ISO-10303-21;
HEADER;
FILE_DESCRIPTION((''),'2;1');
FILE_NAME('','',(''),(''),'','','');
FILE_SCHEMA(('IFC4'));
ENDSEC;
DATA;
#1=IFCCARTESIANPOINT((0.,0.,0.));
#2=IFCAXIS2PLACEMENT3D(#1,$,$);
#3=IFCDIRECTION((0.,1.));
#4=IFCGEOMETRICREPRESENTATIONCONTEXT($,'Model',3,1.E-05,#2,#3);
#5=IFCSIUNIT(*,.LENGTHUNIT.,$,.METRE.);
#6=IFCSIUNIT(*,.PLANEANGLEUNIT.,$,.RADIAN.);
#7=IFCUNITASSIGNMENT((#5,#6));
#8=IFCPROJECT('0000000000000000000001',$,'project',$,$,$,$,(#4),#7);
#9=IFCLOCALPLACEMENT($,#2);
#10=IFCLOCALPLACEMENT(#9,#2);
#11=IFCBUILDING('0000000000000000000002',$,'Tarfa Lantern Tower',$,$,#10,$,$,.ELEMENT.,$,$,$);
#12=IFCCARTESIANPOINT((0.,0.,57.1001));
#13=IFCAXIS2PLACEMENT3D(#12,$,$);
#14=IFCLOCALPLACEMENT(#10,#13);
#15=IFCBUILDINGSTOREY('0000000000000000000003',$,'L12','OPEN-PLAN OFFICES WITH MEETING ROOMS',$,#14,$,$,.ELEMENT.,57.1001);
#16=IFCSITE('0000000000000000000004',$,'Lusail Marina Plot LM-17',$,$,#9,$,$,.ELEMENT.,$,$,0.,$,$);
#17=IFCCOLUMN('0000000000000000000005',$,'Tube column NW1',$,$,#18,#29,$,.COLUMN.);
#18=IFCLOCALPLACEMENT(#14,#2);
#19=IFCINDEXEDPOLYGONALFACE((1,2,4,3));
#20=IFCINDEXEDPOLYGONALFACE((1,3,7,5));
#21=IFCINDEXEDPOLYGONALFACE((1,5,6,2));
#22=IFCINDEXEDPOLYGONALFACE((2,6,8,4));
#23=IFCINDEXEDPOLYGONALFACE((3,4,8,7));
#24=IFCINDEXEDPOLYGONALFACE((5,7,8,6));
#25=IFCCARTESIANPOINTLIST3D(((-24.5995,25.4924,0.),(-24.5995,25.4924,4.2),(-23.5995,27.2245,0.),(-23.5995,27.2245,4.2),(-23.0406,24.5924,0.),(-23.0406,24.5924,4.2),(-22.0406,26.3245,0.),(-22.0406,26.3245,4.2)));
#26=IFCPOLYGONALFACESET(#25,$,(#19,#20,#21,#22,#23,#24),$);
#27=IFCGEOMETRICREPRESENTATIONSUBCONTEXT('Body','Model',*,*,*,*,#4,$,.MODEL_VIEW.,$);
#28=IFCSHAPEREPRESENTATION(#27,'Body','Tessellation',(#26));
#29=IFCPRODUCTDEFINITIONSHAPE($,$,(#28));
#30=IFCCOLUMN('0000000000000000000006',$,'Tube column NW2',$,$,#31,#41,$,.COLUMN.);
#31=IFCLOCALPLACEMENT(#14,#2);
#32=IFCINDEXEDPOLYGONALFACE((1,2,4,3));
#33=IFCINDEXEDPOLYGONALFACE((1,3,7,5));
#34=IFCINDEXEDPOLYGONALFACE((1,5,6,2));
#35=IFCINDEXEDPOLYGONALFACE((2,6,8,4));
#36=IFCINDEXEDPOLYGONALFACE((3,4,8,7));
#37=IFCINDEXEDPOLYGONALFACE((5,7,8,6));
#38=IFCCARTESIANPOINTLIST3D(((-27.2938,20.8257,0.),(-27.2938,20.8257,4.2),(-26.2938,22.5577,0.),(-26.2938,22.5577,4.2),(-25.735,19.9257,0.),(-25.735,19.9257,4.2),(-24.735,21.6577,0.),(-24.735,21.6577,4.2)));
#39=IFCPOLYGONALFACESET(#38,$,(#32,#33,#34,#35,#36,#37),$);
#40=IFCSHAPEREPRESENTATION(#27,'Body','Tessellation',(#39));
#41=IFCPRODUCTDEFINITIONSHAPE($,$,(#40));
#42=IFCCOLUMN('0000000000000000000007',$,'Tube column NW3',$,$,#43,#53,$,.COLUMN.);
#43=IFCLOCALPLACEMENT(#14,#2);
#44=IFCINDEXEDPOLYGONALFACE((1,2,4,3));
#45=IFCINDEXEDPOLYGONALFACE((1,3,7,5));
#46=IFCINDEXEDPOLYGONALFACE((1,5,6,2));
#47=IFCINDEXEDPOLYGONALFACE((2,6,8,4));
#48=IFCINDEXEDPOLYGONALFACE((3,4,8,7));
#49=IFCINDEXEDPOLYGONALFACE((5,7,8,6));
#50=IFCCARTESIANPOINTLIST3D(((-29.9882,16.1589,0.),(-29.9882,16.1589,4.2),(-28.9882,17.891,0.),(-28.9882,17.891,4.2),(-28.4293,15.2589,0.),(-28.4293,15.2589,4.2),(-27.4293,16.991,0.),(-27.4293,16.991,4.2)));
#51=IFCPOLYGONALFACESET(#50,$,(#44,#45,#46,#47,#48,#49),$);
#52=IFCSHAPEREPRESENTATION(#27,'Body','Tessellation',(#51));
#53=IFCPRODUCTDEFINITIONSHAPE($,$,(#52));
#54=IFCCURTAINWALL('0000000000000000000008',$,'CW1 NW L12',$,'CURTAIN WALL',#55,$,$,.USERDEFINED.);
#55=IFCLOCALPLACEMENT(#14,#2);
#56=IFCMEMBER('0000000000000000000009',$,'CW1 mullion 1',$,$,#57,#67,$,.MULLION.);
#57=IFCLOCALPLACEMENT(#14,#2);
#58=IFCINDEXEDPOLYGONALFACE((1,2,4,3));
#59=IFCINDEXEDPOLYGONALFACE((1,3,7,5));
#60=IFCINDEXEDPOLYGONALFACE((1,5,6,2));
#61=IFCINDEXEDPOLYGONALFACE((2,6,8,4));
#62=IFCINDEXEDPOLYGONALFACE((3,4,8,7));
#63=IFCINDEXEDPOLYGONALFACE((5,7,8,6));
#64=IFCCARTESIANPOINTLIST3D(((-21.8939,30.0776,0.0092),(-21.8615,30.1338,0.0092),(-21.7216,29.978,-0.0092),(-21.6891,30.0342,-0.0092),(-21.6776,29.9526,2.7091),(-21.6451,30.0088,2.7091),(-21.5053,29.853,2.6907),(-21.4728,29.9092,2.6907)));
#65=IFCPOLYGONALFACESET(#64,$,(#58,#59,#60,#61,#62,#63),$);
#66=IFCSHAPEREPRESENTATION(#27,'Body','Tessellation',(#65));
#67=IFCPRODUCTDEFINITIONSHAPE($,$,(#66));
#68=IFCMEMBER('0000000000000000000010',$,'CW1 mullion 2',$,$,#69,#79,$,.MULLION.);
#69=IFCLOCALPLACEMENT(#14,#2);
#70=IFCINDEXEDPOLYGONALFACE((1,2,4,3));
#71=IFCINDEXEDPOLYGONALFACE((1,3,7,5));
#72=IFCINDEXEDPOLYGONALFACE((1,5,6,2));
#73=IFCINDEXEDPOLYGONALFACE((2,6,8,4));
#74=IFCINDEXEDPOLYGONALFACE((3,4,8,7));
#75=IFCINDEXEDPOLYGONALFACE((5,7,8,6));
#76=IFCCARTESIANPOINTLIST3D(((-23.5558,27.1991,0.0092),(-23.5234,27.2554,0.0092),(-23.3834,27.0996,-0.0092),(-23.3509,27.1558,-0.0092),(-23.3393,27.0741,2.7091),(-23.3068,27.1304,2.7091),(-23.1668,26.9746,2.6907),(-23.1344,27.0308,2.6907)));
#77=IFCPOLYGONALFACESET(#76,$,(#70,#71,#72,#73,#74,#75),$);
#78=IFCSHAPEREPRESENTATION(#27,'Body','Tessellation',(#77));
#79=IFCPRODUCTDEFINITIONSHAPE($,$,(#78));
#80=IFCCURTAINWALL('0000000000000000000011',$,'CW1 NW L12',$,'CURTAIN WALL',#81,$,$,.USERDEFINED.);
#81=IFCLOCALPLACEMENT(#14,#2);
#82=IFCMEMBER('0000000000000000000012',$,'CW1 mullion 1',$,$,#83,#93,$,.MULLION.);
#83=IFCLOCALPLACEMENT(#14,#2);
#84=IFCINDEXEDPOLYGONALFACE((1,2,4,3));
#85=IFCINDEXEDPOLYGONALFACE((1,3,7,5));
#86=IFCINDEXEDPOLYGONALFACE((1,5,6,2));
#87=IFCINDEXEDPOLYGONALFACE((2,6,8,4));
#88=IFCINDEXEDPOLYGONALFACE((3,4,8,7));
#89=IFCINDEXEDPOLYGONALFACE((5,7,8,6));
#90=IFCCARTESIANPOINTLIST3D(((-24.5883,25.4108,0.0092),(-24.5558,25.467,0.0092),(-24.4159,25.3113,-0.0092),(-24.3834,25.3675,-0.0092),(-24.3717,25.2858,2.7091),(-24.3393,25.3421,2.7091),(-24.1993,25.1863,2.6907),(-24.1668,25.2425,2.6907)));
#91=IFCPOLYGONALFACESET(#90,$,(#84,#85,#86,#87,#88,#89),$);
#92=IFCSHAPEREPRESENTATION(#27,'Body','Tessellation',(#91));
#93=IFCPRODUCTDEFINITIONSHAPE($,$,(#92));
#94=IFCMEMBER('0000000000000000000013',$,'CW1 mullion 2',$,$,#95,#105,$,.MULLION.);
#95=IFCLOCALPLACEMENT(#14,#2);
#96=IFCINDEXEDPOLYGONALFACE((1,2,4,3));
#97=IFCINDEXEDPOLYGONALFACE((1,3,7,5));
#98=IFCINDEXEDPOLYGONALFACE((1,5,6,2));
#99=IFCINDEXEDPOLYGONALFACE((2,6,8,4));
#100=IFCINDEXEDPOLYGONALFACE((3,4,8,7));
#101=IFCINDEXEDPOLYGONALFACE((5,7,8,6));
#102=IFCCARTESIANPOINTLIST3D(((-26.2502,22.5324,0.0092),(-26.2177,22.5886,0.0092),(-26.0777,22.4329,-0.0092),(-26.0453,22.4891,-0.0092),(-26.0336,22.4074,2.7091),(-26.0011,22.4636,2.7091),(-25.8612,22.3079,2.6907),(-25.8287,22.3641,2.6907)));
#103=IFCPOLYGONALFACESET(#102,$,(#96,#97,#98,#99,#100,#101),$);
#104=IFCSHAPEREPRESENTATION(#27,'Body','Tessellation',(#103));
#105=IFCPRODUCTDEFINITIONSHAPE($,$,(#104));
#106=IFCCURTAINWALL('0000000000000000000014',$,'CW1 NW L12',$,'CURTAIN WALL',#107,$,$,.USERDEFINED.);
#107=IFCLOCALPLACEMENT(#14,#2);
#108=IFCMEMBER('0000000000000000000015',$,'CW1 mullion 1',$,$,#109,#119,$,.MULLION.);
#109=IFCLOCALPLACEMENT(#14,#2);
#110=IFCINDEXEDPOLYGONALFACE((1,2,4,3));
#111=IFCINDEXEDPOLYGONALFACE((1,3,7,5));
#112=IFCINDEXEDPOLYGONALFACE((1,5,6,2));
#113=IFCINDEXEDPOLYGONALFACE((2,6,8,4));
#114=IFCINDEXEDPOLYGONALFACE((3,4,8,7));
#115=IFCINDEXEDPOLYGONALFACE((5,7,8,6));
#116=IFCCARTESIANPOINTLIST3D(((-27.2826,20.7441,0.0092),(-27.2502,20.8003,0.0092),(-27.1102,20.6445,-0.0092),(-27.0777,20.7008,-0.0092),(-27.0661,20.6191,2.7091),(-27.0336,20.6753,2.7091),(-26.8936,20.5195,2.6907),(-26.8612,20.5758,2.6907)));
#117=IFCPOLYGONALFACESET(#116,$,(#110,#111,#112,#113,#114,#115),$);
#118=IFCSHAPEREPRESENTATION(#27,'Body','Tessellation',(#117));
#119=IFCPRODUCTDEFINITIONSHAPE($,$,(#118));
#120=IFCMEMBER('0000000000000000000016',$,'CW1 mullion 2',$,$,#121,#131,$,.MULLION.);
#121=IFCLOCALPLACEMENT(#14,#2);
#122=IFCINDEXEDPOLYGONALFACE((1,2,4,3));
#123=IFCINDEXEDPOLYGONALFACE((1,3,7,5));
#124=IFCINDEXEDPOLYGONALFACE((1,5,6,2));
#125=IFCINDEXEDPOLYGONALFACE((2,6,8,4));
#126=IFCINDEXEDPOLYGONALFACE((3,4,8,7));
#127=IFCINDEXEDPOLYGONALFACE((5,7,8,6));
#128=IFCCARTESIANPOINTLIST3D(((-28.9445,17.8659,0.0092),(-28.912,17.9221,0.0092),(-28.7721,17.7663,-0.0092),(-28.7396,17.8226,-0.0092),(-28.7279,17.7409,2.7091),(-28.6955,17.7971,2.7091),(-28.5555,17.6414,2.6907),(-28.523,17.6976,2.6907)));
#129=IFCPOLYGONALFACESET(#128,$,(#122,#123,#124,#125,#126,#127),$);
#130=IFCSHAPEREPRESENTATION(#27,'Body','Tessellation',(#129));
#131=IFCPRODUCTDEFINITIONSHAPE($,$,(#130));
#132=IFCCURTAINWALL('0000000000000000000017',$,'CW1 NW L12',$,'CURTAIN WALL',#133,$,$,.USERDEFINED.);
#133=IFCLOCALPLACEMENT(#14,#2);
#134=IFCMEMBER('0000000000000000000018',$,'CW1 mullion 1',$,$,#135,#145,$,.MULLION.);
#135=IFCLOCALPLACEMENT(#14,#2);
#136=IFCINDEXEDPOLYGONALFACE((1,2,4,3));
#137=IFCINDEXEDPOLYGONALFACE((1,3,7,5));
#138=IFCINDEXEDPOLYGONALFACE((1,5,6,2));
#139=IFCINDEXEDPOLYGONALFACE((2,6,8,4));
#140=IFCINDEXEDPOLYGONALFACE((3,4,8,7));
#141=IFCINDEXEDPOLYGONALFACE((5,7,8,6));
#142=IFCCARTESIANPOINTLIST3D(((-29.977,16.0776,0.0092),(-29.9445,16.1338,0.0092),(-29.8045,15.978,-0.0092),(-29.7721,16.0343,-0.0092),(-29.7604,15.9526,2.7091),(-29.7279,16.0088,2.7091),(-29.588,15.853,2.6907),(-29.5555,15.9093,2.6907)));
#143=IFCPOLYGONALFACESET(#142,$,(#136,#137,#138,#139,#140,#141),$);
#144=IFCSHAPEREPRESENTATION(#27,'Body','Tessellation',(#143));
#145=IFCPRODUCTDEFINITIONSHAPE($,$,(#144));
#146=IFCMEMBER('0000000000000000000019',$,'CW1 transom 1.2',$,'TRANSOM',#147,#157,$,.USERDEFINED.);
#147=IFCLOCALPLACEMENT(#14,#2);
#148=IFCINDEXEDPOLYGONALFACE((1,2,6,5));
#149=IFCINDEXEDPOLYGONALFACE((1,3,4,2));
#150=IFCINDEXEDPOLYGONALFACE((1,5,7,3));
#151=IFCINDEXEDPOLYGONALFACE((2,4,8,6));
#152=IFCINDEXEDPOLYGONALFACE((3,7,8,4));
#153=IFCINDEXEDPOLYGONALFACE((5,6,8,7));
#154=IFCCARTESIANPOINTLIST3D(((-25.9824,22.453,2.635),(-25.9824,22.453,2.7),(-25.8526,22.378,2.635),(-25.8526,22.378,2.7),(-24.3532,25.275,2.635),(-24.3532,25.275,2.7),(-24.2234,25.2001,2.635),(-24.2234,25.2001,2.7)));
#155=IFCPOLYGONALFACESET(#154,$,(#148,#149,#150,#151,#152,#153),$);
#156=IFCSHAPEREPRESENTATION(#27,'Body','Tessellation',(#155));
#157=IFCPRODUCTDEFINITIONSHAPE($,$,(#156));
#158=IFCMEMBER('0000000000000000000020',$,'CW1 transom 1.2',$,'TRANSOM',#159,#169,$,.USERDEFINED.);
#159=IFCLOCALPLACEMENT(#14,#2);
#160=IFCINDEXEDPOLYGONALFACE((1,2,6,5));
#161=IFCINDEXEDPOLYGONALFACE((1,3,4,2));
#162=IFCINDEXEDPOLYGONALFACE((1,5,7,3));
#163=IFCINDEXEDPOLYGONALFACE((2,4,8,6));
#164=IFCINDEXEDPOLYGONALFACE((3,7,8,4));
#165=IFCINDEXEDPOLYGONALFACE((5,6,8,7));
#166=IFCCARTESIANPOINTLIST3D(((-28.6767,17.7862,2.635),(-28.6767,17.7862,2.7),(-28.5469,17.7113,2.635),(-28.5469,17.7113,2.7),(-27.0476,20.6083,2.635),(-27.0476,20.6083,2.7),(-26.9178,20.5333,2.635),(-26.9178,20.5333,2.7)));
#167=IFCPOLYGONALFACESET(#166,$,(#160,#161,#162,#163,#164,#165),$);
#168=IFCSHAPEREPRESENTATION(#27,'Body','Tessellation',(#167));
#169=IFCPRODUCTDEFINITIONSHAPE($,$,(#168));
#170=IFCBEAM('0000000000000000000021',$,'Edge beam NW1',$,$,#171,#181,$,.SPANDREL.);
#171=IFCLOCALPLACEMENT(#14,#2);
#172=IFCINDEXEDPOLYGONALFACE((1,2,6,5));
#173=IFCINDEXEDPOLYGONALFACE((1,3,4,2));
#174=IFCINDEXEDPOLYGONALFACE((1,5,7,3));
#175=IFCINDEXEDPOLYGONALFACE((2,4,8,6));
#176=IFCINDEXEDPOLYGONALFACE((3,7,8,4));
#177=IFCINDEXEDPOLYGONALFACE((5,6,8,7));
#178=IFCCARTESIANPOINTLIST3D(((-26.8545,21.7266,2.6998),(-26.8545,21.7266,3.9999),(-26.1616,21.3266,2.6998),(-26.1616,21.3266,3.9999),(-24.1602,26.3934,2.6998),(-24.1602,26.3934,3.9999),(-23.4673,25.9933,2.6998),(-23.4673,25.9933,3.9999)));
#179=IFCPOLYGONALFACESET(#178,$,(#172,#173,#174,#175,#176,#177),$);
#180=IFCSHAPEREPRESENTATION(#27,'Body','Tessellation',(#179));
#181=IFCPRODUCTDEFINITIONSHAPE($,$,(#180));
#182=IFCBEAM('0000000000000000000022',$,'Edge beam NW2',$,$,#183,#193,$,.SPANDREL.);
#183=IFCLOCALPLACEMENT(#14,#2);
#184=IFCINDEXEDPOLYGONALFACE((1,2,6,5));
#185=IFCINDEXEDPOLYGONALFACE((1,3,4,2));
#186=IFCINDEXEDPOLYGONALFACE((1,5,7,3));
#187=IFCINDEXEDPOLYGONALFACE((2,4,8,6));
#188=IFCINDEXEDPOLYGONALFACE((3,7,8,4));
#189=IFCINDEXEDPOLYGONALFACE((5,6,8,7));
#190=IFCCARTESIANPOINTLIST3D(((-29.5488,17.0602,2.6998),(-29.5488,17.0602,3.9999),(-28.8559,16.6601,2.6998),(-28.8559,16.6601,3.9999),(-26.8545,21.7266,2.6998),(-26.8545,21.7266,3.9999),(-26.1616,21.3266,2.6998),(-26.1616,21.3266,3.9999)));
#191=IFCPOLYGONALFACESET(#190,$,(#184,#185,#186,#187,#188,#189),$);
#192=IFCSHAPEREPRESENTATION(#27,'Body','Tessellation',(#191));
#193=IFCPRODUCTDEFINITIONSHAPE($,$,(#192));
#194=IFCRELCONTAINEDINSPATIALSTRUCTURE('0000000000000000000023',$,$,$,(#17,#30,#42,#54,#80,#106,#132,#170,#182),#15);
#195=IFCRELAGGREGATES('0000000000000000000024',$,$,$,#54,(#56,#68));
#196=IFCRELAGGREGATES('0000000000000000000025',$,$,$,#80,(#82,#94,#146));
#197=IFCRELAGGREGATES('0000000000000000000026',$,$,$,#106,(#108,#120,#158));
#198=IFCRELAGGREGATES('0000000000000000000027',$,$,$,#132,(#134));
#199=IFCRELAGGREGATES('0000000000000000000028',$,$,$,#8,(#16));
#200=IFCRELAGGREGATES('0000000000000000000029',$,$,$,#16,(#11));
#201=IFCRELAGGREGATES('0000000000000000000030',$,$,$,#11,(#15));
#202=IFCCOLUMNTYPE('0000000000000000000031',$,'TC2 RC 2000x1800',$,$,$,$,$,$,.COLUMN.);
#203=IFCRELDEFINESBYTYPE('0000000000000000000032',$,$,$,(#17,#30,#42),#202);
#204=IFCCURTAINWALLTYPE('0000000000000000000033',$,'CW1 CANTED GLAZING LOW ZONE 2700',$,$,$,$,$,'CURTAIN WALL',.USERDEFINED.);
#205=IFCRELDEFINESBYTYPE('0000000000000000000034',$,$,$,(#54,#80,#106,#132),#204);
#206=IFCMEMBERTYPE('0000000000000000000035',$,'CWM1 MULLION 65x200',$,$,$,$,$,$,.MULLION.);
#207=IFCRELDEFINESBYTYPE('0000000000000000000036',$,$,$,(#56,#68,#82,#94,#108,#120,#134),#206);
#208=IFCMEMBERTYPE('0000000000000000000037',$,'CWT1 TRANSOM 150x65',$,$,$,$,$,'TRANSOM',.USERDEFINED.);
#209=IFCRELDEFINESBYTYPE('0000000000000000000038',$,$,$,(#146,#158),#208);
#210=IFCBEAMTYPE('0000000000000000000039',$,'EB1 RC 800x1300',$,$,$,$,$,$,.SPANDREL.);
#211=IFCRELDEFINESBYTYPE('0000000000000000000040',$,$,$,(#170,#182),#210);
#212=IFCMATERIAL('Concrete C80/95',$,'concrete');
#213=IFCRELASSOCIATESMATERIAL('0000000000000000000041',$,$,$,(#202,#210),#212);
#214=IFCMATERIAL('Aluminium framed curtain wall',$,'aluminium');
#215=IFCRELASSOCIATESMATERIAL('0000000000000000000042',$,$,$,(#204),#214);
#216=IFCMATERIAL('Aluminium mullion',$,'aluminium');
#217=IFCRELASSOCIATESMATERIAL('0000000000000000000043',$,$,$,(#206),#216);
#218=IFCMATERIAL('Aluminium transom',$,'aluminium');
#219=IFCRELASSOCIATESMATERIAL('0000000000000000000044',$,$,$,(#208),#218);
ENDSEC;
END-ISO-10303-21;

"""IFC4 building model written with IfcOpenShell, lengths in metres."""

from ifc_helpers import new_model, si_unit, direction, frame, origin, origin_2d, place, context, subcontext, project, spatial, rectangle, extrude, material, material_profile, profile_set, type_object, element, aggregate, save


model = new_model("IFC4")

# Units and contexts
model_context = context("Model", 3, precision=1e-05, world=origin(), true_north=direction((0.0, 1.0)))
body_context = subcontext(model_context, "Body", "Model", "MODEL_VIEW")
ifc_project = project(units=[si_unit("LENGTHUNIT", "METRE"), si_unit("PLANEANGLEUNIT", "RADIAN")], contexts=[model_context])

# Site, building, storey
site_placement = place(None, origin())
site = spatial("IfcSite", under=ifc_project, at=site_placement, Name="Lusail Marina Plot LM-17", CompositionType="ELEMENT", RefElevation=0.0)
building_placement = place(site_placement, origin())
building = spatial("IfcBuilding", under=site, at=building_placement, Name="Tarfa Lantern Tower", CompositionType="ELEMENT")
storey_placement = place(building_placement, frame((0.0, 0.0, 57.1001)))
storey = spatial("IfcBuildingStorey", under=building, at=storey_placement, Name="L12", Description="OPEN-PLAN OFFICES WITH MEETING ROOMS", CompositionType="ELEMENT", Elevation=57.1001)

# Columns
ifc_material_1 = material(Name="Concrete C80/95", Category="concrete")
ifc_material_profile_1 = material_profile(ifc_material_1, rectangle(XDim=2.0, YDim=1.8, at=origin_2d()), Name="RC 2000x1800")
ifc_profile_set_1 = profile_set([ifc_material_profile_1], Name="Concrete C80/95")
column_type = type_object("IfcColumnType", Name="TC2 RC 2000x1800", PredefinedType="COLUMN", material=ifc_profile_set_1)
for number, where, z_axis, x_axis, name in (
    (1, (-23.3201, 25.9084, 0.0), (0.0, 0.0, 1.0), (-0.5, -0.866025, 0.0), "Tube column NW1"),
    (2, (-26.0144, 21.2417, 0.0), (0.0, 0.0, 1.0), (-0.5, -0.866025, 0.0), "Tube column NW2"),
    (3, (-28.7087, 16.575, 0.0), (0.0, 0.0, 1.0), (-0.5, -0.866025, 0.0), "Tube column NW3"),
):
    element("IfcColumn", number, at=place(storey_placement, frame(where, z_axis=z_axis, x_axis=x_axis)), inside=storey, type_object=column_type, Name=name, PredefinedType="COLUMN", context=body_context, shape_type="SweptSolid", body=[
        extrude(rectangle(XDim=2.0, YDim=1.8, at=origin_2d()), origin(), (0.0, 0.0, 1.0), 4.2),
    ])

# Curtain walls, members
ifc_material_2 = material(Name="Aluminium framed curtain wall", Category="aluminium")
curtain_wall_type = type_object("IfcCurtainWallType", Name="CW1 CANTED GLAZING LOW ZONE 2700", ElementType="CURTAIN WALL", PredefinedType="USERDEFINED", material=ifc_material_2)
curtain_wall_1_placement = place(storey_placement, origin())
curtain_wall_1 = element("IfcCurtainWall", 4, at=curtain_wall_1_placement, inside=storey, type_object=curtain_wall_type, Name="CW1 NW L12", ObjectType="CURTAIN WALL", PredefinedType="USERDEFINED")
ifc_material_3 = material(Name="Aluminium mullion", Category="aluminium")
ifc_material_profile_2 = material_profile(ifc_material_3, rectangle(XDim=0.0649, YDim=0.2, at=origin_2d()), Name="AL MULLION 65x200")
ifc_profile_set_2 = profile_set([ifc_material_profile_2], Name="Aluminium mullion")
member_type_1 = type_object("IfcMemberType", Name="CWM1 MULLION 65x200", PredefinedType="MULLION", material=ifc_profile_set_2)
member_1_placement = place(storey_placement, frame((-21.7915, 30.0559, 0.0), z_axis=(0.079775, -0.0461, 0.995746), x_axis=(0.500343, 0.865827, 0.0)))
member_1 = element("IfcMember", 5, at=member_1_placement, type_object=member_type_1, Name="CW1 mullion 1", PredefinedType="MULLION", context=body_context, shape_type="SweptSolid", body=[
    extrude(rectangle(XDim=0.0649, YDim=0.2, at=origin_2d()), origin(), (0.0, 0.0, 1.0), 2.7114),
])
member_2_placement = place(storey_placement, frame((-23.4534, 27.1775, 0.0), z_axis=(0.079864, -0.0461, 0.995739), x_axis=(0.49992, 0.866072, 0.0)))
member_2 = element("IfcMember", 6, at=member_2_placement, type_object=member_type_1, Name="CW1 mullion 2", PredefinedType="MULLION", context=body_context, shape_type="SweptSolid", body=[
    extrude(rectangle(XDim=0.0649, YDim=0.2, at=origin_2d()), origin(), (0.0, 0.0, 1.0), 2.7114),
])
curtain_wall_2_placement = place(storey_placement, origin())
curtain_wall_2 = element("IfcCurtainWall", 7, at=curtain_wall_2_placement, inside=storey, type_object=curtain_wall_type, Name="CW1 NW L12", ObjectType="CURTAIN WALL", PredefinedType="USERDEFINED")
member_3_placement = place(storey_placement, frame((-24.4858, 25.3892, 0.0), z_axis=(0.079864, -0.0461, 0.995739), x_axis=(0.49992, 0.866072, 0.0)))
member_3 = element("IfcMember", 8, at=member_3_placement, type_object=member_type_1, Name="CW1 mullion 1", PredefinedType="MULLION", context=body_context, shape_type="SweptSolid", body=[
    extrude(rectangle(XDim=0.0649, YDim=0.2, at=origin_2d()), origin(), (0.0, 0.0, 1.0), 2.7114),
])
member_4_placement = place(storey_placement, frame((-26.1477, 22.5107, 0.0), z_axis=(0.079864, -0.0461, 0.995739), x_axis=(0.49992, 0.866072, 0.0)))
member_4 = element("IfcMember", 9, at=member_4_placement, type_object=member_type_1, Name="CW1 mullion 2", PredefinedType="MULLION", context=body_context, shape_type="SweptSolid", body=[
    extrude(rectangle(XDim=0.0649, YDim=0.2, at=origin_2d()), origin(), (0.0, 0.0, 1.0), 2.7114),
])
curtain_wall_3_placement = place(storey_placement, origin())
curtain_wall_3 = element("IfcCurtainWall", 10, at=curtain_wall_3_placement, inside=storey, type_object=curtain_wall_type, Name="CW1 NW L12", ObjectType="CURTAIN WALL", PredefinedType="USERDEFINED")
member_5_placement = place(storey_placement, frame((-27.1802, 20.7224, 0.0), z_axis=(0.079864, -0.0461, 0.995739), x_axis=(0.49992, 0.866072, 0.0)))
member_5 = element("IfcMember", 11, at=member_5_placement, type_object=member_type_1, Name="CW1 mullion 1", PredefinedType="MULLION", context=body_context, shape_type="SweptSolid", body=[
    extrude(rectangle(XDim=0.0649, YDim=0.2, at=origin_2d()), origin(), (0.0, 0.0, 1.0), 2.7114),
])
member_6_placement = place(storey_placement, frame((-28.842, 17.8442, 0.0), z_axis=(0.079864, -0.0461, 0.995739), x_axis=(0.49992, 0.866072, 0.0)))
member_6 = element("IfcMember", 12, at=member_6_placement, type_object=member_type_1, Name="CW1 mullion 2", PredefinedType="MULLION", context=body_context, shape_type="SweptSolid", body=[
    extrude(rectangle(XDim=0.0649, YDim=0.2, at=origin_2d()), origin(), (0.0, 0.0, 1.0), 2.7114),
])

# Curtain wall, member
curtain_wall_4_placement = place(storey_placement, origin())
curtain_wall_4 = element("IfcCurtainWall", 13, at=curtain_wall_4_placement, inside=storey, type_object=curtain_wall_type, Name="CW1 NW L12", ObjectType="CURTAIN WALL", PredefinedType="USERDEFINED")
member_7_placement = place(storey_placement, frame((-29.8745, 16.0559, 0.0), z_axis=(0.079864, -0.0461, 0.995739), x_axis=(0.49992, 0.866072, 0.0)))
member_7 = element("IfcMember", 14, at=member_7_placement, type_object=member_type_1, Name="CW1 mullion 1", PredefinedType="MULLION", context=body_context, shape_type="SweptSolid", body=[
    extrude(rectangle(XDim=0.0649, YDim=0.2, at=origin_2d()), origin(), (0.0, 0.0, 1.0), 2.7114),
])

# Members
ifc_material_4 = material(Name="Aluminium transom", Category="aluminium")
ifc_material_profile_3 = material_profile(ifc_material_4, rectangle(XDim=0.1499, YDim=0.0649, at=origin_2d()), Name="AL TRANSOM 150x65")
ifc_profile_set_3 = profile_set([ifc_material_profile_3], Name="Aluminium transom")
member_type_2 = type_object("IfcMemberType", Name="CWT1 TRANSOM 150x65", ElementType="TRANSOM", PredefinedType="USERDEFINED", material=ifc_profile_set_3)
member_8_placement = place(storey_placement, frame((-24.2883, 25.2375, 2.6675), z_axis=(-0.499967, -0.866045, 0.0), x_axis=(0.866045, -0.499967, 0.0)))
member_8 = element("IfcMember", 15, at=member_8_placement, type_object=member_type_2, Name="CW1 transom 1.2", ObjectType="TRANSOM", PredefinedType="USERDEFINED", context=body_context, shape_type="SweptSolid", body=[
    extrude(rectangle(XDim=0.1499, YDim=0.0649, at=origin_2d()), origin(), (0.0, 0.0, 1.0), 3.2585),
])
member_9_placement = place(storey_placement, frame((-26.9827, 20.5708, 2.6675), z_axis=(-0.499967, -0.866045, 0.0), x_axis=(0.866045, -0.499967, 0.0)))
member_9 = element("IfcMember", 16, at=member_9_placement, type_object=member_type_2, Name="CW1 transom 1.2", ObjectType="TRANSOM", PredefinedType="USERDEFINED", context=body_context, shape_type="SweptSolid", body=[
    extrude(rectangle(XDim=0.1499, YDim=0.0649, at=origin_2d()), origin(), (0.0, 0.0, 1.0), 3.2585),
])

# Beams
ifc_material_profile_4 = material_profile(ifc_material_1, rectangle(XDim=0.8, YDim=1.3, at=origin_2d()), Name="RC 800x1300")
ifc_profile_set_4 = profile_set([ifc_material_profile_4], Name="Concrete C80/95")
beam_type_1 = type_object("IfcBeamType", Name="EB1 RC 800x1300", PredefinedType="SPANDREL", material=ifc_profile_set_4)
beam_1_placement = place(storey_placement, frame((-23.8137, 26.1934, 3.3499), z_axis=(-0.499998, -0.866026, 0.0), x_axis=(0.866026, -0.499998, 0.0)))
element("IfcBeam", 17, at=beam_1_placement, inside=storey, type_object=beam_type_1, Name="Edge beam NW1", PredefinedType="SPANDREL", context=body_context, shape_type="SweptSolid", body=[
    extrude(rectangle(XDim=0.8, YDim=1.3, at=origin_2d()), origin(), (0.0, 0.0, 1.0), 5.3887),
])
beam_2_placement = place(storey_placement, frame((-26.5081, 21.5266, 3.3499), z_axis=(-0.500018, -0.866015, 0.0), x_axis=(0.866015, -0.500018, 0.0)))
element("IfcBeam", 18, at=beam_2_placement, inside=storey, type_object=beam_type_1, Name="Edge beam NW2", PredefinedType="SPANDREL", context=body_context, shape_type="SweptSolid", body=[
    extrude(rectangle(XDim=0.8, YDim=1.3, at=origin_2d()), origin(), (0.0, 0.0, 1.0), 5.3884),
])

aggregate(curtain_wall_1, [member_1, member_2])
aggregate(curtain_wall_2, [member_3, member_4, member_8])
aggregate(curtain_wall_3, [member_5, member_6, member_9])
aggregate(curtain_wall_4, [member_7])

save(model, "model.ifc")
